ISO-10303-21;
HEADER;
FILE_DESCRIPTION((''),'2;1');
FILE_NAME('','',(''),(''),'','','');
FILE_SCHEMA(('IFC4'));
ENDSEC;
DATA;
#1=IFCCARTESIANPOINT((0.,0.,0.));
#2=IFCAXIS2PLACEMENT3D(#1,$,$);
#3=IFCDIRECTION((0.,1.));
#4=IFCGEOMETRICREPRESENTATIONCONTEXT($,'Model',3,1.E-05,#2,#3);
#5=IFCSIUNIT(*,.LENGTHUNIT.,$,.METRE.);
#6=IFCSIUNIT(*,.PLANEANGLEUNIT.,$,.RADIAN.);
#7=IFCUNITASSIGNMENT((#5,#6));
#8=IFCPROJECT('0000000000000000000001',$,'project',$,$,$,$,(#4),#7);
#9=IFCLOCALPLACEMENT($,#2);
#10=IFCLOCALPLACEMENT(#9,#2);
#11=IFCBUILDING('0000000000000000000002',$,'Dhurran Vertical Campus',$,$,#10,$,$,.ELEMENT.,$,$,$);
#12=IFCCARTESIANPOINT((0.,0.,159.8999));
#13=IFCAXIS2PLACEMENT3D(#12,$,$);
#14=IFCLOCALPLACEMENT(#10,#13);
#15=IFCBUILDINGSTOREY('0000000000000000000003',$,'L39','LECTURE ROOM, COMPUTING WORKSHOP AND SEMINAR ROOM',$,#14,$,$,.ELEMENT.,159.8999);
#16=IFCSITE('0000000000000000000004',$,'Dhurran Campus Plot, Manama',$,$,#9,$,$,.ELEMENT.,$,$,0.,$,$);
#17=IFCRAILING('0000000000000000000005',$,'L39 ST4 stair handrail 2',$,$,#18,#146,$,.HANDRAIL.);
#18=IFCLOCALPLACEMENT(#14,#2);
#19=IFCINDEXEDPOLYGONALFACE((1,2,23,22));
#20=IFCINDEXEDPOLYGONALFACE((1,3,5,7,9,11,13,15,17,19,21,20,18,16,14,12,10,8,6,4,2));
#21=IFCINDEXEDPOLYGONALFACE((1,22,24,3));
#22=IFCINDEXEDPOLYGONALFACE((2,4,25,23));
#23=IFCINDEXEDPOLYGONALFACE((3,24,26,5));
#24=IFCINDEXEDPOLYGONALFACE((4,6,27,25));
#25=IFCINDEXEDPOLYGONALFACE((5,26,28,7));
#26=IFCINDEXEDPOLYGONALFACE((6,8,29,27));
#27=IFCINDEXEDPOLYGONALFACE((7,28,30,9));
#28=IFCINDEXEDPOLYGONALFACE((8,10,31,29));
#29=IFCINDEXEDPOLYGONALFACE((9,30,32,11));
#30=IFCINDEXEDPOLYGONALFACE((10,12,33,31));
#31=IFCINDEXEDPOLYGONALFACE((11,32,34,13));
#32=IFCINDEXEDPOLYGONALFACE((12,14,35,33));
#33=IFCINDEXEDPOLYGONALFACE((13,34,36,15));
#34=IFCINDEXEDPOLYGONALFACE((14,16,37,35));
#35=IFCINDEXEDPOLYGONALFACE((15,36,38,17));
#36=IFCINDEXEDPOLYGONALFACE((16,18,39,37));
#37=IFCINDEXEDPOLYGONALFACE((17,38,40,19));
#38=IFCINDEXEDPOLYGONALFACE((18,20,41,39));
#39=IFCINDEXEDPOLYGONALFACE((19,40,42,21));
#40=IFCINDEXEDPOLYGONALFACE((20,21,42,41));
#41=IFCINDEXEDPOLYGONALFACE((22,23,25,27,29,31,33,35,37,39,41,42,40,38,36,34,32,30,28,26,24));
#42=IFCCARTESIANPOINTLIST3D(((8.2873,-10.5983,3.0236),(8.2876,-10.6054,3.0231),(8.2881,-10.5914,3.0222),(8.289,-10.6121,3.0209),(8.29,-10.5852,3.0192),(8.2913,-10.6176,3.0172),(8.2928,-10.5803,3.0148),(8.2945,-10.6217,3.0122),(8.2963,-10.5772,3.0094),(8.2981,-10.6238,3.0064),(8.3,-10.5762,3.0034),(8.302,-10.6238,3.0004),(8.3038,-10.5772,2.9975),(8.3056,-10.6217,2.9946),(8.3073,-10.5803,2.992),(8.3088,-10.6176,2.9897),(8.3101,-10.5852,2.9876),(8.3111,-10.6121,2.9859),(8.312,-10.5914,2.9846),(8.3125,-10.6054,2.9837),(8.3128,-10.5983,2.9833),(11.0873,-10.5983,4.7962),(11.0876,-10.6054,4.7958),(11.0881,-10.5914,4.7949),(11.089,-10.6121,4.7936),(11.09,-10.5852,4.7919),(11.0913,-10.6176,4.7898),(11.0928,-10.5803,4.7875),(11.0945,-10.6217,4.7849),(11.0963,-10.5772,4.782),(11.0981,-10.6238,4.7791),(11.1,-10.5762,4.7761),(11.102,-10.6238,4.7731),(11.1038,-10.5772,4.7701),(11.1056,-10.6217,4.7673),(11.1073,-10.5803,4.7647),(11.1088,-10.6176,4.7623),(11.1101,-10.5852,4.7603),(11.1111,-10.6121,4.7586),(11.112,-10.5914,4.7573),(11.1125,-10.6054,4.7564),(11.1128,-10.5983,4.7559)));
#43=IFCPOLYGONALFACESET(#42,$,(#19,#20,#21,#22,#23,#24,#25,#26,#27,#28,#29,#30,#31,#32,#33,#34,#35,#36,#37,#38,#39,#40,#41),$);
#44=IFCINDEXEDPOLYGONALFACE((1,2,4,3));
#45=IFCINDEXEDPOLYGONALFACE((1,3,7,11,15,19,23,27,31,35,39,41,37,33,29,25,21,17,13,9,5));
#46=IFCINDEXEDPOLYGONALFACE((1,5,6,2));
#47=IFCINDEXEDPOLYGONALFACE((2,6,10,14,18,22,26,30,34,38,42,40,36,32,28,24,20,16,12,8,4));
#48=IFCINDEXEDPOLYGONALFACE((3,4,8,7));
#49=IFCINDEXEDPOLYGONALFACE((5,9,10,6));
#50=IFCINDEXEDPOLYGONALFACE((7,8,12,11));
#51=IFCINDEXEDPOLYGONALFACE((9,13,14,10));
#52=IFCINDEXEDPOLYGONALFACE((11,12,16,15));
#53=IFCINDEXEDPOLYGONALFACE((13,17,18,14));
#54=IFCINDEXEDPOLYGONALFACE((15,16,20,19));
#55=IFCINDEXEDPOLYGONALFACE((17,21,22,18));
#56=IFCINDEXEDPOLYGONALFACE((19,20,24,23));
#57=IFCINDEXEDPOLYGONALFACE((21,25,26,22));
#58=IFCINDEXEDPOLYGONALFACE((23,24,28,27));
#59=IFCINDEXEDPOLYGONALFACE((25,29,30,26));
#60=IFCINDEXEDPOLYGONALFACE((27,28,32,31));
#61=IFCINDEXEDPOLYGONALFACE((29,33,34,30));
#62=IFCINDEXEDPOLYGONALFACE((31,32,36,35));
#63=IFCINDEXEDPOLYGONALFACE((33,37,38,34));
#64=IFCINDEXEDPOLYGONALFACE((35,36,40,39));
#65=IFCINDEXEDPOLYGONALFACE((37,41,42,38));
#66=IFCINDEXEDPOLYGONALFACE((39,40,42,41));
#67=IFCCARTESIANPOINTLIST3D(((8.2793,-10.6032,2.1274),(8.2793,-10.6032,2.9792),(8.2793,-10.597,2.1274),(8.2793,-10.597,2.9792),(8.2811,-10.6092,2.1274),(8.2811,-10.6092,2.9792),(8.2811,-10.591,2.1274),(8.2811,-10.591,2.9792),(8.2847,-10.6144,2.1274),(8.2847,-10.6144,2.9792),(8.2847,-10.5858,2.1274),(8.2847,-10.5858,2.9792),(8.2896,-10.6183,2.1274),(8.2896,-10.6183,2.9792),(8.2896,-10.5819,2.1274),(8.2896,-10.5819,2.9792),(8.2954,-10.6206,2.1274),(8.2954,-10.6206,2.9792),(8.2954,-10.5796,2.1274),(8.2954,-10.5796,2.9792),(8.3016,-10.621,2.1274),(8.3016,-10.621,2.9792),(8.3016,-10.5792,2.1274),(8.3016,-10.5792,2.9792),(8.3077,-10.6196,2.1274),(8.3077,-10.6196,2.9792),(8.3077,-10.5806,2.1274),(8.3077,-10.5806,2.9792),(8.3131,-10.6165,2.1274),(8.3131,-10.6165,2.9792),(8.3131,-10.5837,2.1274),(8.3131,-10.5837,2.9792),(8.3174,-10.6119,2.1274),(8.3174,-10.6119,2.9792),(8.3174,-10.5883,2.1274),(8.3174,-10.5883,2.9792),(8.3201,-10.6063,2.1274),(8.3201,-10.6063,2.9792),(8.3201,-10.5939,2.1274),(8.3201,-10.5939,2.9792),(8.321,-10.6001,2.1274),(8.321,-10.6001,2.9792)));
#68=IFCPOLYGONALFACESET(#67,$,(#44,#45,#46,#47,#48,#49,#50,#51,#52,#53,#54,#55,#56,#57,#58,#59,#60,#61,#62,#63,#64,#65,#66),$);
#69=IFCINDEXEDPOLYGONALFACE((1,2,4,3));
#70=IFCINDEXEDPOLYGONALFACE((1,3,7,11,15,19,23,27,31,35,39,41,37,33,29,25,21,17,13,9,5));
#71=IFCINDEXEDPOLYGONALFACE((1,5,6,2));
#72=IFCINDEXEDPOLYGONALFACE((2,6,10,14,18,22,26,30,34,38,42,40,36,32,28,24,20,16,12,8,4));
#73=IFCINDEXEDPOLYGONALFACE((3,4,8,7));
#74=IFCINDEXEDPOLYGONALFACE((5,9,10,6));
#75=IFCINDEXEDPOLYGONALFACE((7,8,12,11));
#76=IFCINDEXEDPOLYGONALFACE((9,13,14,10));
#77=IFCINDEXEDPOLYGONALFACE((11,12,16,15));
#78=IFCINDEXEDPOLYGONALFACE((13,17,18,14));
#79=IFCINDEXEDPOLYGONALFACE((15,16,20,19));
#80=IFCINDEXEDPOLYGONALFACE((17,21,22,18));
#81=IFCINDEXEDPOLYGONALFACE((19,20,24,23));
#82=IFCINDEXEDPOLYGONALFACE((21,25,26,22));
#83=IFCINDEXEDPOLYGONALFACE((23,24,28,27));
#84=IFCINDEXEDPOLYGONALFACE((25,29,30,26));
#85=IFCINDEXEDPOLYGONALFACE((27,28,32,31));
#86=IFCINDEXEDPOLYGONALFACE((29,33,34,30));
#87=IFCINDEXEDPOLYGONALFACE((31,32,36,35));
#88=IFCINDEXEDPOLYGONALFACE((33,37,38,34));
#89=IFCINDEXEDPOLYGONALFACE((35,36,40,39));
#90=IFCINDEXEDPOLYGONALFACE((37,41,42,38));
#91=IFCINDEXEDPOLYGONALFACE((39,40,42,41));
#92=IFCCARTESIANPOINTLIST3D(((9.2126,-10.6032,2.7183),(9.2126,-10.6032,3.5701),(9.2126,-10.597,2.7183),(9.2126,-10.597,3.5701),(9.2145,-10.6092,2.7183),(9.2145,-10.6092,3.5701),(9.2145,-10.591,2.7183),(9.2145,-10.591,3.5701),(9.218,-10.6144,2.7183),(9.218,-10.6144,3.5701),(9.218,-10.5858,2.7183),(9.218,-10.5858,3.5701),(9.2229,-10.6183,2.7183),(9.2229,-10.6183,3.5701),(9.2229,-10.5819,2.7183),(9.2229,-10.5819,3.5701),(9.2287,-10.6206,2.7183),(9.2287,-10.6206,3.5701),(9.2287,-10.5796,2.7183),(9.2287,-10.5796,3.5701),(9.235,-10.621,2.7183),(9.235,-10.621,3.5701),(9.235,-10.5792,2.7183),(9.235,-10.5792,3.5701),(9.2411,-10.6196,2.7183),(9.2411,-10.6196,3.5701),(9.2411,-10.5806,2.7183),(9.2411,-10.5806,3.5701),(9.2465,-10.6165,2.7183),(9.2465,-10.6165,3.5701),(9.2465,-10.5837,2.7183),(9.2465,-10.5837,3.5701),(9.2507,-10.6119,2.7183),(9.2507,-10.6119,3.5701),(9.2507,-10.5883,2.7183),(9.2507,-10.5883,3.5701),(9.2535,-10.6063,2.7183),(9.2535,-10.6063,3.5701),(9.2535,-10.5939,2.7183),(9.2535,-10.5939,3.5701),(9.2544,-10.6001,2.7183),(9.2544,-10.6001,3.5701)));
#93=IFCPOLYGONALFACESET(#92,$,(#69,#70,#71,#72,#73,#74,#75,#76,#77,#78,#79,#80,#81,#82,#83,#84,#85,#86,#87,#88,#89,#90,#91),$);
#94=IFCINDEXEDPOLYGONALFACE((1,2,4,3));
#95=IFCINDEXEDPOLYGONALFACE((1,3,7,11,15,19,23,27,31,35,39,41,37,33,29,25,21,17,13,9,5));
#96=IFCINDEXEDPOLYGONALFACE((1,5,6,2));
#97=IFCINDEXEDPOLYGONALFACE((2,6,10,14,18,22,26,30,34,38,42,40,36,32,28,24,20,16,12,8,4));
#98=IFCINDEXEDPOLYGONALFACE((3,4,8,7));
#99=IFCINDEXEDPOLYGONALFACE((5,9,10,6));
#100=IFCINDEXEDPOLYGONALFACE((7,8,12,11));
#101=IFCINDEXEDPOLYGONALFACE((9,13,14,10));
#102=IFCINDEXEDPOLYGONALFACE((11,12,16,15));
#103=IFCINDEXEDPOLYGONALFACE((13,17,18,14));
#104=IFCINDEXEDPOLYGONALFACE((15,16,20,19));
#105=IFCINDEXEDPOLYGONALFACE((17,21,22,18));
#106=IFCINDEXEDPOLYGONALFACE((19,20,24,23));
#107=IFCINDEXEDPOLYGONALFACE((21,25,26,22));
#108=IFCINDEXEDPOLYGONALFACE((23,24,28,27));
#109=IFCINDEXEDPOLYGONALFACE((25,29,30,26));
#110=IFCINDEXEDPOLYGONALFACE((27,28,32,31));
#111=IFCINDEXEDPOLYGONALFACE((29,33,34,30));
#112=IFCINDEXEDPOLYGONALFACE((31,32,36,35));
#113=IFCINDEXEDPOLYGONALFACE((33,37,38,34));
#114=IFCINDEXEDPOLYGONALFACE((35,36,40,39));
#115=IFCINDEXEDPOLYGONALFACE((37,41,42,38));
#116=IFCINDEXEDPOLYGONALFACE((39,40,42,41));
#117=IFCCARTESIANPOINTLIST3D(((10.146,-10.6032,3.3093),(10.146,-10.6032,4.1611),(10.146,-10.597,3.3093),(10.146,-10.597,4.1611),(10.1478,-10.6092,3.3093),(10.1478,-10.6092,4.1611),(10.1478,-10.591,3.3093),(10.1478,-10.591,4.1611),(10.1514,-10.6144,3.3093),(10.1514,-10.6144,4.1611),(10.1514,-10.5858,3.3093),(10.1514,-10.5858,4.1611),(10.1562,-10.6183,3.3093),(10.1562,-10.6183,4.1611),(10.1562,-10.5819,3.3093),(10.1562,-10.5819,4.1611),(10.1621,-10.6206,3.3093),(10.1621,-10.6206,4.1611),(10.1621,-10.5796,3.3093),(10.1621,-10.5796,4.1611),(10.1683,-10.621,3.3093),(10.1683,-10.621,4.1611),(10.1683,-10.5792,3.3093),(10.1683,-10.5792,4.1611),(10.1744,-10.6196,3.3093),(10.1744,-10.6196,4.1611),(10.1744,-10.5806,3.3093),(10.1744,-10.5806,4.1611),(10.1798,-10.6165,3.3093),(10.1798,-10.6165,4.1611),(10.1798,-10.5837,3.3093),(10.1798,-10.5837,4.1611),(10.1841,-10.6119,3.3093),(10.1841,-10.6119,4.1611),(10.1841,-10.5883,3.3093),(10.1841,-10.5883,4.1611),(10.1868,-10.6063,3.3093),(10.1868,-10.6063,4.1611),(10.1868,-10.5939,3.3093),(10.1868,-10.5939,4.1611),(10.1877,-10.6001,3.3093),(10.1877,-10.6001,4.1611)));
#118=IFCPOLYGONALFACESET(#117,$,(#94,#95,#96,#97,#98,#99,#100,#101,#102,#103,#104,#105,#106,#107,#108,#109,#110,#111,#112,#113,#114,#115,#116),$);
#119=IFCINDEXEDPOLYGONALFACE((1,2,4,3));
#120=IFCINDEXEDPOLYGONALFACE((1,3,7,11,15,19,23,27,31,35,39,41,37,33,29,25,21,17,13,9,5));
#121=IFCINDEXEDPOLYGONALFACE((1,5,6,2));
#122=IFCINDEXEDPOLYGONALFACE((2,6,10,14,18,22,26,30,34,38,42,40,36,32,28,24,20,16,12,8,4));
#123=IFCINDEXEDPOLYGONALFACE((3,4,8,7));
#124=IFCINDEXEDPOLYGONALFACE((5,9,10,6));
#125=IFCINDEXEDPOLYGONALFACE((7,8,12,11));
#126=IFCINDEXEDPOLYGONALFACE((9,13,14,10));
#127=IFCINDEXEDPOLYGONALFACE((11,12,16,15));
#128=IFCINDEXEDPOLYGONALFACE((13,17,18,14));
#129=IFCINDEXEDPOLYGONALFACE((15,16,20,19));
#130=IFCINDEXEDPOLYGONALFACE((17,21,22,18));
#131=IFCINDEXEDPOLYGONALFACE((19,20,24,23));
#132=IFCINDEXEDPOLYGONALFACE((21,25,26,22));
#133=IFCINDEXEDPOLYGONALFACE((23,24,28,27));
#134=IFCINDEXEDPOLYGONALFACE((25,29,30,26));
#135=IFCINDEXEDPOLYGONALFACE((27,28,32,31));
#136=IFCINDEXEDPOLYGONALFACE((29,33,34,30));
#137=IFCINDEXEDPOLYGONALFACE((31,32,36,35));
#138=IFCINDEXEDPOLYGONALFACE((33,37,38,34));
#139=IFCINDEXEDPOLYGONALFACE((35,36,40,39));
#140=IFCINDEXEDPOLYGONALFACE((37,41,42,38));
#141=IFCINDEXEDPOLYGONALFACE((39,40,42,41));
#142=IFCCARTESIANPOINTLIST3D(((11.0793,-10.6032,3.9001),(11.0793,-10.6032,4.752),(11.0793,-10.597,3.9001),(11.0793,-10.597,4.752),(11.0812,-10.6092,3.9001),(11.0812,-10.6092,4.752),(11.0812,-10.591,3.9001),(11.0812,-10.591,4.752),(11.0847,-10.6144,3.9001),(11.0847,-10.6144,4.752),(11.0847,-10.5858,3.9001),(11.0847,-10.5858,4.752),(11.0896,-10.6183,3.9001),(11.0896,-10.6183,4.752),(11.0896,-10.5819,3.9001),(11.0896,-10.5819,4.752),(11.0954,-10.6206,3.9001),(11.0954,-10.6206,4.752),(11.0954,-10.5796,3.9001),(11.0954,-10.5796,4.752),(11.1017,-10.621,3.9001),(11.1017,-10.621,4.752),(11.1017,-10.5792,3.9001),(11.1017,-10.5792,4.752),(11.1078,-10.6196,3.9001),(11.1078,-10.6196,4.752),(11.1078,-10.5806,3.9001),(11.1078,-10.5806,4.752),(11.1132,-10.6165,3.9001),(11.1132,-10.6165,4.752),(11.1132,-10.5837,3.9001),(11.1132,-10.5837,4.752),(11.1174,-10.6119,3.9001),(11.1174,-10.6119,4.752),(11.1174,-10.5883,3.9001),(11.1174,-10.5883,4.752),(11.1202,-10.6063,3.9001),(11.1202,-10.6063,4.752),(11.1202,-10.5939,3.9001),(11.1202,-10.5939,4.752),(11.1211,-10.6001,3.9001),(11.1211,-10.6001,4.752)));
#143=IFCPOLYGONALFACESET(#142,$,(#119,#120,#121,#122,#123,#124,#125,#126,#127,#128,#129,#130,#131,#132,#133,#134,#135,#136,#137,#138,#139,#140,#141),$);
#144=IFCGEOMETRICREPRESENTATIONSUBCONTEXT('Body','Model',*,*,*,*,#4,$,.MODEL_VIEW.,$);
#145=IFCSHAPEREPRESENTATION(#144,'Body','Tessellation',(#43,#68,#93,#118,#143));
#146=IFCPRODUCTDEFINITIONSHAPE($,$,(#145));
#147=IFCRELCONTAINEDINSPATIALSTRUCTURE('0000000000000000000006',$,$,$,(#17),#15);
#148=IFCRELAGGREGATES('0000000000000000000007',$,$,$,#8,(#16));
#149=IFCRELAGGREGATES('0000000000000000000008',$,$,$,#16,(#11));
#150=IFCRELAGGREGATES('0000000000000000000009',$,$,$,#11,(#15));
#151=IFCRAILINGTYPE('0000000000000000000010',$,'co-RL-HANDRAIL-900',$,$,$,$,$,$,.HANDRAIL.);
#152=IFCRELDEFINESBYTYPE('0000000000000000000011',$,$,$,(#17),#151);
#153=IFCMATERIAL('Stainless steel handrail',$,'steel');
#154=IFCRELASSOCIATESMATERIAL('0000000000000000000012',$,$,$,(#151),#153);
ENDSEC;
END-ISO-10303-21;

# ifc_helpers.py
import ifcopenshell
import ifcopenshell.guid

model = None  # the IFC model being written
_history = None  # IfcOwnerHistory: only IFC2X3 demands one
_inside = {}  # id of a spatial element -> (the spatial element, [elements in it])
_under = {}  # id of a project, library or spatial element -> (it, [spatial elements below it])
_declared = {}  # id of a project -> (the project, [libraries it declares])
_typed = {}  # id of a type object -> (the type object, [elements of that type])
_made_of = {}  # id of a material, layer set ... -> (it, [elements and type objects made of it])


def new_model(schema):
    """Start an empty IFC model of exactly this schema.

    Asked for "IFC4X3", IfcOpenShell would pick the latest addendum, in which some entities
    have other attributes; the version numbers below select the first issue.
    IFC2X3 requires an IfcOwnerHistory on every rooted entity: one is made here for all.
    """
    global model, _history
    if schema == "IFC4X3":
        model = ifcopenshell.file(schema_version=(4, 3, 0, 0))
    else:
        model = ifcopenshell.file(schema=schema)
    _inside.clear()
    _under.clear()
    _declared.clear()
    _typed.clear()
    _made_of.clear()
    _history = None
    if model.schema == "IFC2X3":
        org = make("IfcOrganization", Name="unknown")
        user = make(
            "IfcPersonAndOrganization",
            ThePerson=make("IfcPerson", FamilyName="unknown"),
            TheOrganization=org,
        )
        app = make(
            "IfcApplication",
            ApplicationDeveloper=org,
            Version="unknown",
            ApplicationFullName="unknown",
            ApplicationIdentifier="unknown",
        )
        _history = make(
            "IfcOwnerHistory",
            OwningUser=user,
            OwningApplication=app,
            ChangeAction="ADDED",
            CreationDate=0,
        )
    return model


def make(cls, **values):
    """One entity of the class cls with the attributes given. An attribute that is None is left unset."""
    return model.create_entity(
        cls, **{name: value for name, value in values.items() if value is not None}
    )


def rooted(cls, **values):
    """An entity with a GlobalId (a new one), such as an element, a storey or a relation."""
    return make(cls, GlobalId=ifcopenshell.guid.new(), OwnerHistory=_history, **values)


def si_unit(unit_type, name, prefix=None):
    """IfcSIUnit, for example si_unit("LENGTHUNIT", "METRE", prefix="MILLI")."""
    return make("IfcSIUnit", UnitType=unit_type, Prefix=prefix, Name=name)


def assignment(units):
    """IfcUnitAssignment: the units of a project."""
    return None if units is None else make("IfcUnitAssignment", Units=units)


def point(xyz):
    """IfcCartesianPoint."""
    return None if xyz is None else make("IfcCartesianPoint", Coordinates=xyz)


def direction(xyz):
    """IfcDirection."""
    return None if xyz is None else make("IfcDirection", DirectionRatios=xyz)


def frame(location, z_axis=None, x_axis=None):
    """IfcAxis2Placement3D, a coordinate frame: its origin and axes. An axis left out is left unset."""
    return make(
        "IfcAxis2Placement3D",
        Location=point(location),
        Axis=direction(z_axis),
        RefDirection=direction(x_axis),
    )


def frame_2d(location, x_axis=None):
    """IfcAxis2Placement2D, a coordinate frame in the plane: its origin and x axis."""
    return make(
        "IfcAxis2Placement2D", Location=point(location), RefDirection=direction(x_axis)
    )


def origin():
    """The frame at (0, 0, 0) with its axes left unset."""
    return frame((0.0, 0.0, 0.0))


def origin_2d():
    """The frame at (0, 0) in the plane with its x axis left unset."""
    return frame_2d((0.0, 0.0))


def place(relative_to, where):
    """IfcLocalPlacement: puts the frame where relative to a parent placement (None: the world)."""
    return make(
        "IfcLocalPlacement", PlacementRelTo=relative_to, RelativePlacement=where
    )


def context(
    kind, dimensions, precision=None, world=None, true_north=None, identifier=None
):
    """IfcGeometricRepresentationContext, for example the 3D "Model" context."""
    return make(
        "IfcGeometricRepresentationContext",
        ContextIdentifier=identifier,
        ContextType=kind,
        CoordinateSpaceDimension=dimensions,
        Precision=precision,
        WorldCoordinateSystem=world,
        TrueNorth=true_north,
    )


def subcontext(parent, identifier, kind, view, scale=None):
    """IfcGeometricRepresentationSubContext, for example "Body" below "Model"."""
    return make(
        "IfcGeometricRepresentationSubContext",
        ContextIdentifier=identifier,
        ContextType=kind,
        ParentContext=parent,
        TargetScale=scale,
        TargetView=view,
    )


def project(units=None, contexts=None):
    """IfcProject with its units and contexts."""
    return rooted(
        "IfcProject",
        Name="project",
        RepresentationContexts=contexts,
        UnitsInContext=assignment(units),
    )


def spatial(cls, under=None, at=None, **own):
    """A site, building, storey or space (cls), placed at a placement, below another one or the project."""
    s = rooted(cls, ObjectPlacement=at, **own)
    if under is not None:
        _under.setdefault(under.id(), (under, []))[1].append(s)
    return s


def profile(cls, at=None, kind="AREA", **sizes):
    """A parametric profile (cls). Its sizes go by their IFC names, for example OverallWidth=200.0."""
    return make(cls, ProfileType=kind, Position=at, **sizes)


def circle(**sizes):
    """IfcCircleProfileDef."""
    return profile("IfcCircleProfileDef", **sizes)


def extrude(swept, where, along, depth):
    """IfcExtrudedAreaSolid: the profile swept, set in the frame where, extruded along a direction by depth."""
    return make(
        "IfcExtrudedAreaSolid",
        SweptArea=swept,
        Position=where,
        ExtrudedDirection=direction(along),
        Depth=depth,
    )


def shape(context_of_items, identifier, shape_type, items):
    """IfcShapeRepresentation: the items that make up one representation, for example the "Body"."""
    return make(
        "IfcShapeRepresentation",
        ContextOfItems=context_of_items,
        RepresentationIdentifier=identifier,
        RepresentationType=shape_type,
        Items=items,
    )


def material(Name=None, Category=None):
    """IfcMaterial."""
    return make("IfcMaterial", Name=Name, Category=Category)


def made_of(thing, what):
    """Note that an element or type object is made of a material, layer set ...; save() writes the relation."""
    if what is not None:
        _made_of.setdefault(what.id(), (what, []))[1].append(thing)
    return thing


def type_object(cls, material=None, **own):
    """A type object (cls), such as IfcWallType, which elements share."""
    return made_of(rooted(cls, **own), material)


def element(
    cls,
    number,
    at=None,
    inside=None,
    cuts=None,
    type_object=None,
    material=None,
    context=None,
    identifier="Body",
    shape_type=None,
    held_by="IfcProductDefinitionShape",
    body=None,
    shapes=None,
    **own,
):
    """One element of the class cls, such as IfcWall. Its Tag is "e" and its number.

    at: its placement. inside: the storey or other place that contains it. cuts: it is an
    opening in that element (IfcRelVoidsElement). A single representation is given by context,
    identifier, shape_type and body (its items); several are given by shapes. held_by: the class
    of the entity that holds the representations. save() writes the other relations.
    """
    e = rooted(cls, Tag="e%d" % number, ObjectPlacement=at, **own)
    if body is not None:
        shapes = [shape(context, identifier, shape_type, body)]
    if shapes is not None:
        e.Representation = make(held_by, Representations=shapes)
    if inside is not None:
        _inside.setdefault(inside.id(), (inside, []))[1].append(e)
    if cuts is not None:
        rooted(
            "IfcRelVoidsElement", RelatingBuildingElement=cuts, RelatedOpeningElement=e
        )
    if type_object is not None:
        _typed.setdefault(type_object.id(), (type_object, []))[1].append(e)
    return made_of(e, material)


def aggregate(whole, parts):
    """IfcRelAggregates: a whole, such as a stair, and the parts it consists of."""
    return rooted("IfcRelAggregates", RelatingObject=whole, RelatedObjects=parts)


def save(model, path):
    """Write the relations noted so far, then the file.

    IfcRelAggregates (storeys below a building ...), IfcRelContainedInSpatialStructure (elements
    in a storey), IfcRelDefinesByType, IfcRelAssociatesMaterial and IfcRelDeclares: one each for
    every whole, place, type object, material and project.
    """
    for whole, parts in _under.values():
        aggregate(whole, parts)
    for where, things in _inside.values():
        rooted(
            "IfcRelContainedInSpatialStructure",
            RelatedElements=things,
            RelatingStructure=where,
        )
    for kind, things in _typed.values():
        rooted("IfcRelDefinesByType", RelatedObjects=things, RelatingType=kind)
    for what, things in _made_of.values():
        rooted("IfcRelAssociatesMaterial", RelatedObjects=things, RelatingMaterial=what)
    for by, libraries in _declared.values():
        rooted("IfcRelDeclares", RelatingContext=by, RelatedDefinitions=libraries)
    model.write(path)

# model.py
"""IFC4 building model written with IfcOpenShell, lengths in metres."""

from ifc_helpers import new_model, si_unit, direction, frame, origin, origin_2d, place, context, subcontext, project, spatial, circle, extrude, material, type_object, element, save


model = new_model("IFC4")

# Units and contexts
model_context = context("Model", 3, precision=1e-05, world=origin(), true_north=direction((0.0, 1.0)))
body_context = subcontext(model_context, "Body", "Model", "MODEL_VIEW")
ifc_project = project(units=[si_unit("LENGTHUNIT", "METRE"), si_unit("PLANEANGLEUNIT", "RADIAN")], contexts=[model_context])

# Site, building, storey
site_placement = place(None, origin())
site = spatial("IfcSite", under=ifc_project, at=site_placement, Name="Dhurran Campus Plot, Manama", CompositionType="ELEMENT", RefElevation=0.0)
building_placement = place(site_placement, origin())
building = spatial("IfcBuilding", under=site, at=building_placement, Name="Dhurran Vertical Campus", CompositionType="ELEMENT")
storey_placement = place(building_placement, frame((0.0, 0.0, 159.8999)))
storey = spatial("IfcBuildingStorey", under=building, at=storey_placement, Name="L39", Description="LECTURE ROOM, COMPUTING WORKSHOP AND SEMINAR ROOM", CompositionType="ELEMENT", Elevation=159.8999)

# Railing
ifc_material_1 = material(Name="Stainless steel handrail", Category="steel")
railing_type_1 = type_object("IfcRailingType", Name="co-RL-HANDRAIL-900", PredefinedType="HANDRAIL", material=ifc_material_1)
railing_1_placement = place(storey_placement, frame((8.3, -10.6001, 2.1274)))
element("IfcRailing", 1, at=railing_1_placement, inside=storey, type_object=railing_type_1, Name="L39 ST4 stair handrail 2", PredefinedType="HANDRAIL", context=body_context, shape_type="SweptSolid", body=[
    extrude(circle(Radius=0.0239, at=origin_2d()), frame((0.0, 0.0, 0.876), z_axis=(0.844909, 0.0, 0.53491), x_axis=(0.0, 1.0, 0.0)), (0.0, 0.0, 1.0), 3.314),
    extrude(circle(Radius=0.021, at=origin_2d()), origin(), (0.0, 0.0, 1.0), 0.8518),
    extrude(circle(Radius=0.021, at=origin_2d()), frame((0.9333, 0.0, 0.5908)), (0.0, 0.0, 1.0), 0.8518),
    extrude(circle(Radius=0.021, at=origin_2d()), frame((1.8667, 0.0, 1.1819)), (0.0, 0.0, 1.0), 0.8518),
    extrude(circle(Radius=0.021, at=origin_2d()), frame((2.8, 0.0, 1.7727)), (0.0, 0.0, 1.0), 0.8518),
])

save(model, "model.ifc")
